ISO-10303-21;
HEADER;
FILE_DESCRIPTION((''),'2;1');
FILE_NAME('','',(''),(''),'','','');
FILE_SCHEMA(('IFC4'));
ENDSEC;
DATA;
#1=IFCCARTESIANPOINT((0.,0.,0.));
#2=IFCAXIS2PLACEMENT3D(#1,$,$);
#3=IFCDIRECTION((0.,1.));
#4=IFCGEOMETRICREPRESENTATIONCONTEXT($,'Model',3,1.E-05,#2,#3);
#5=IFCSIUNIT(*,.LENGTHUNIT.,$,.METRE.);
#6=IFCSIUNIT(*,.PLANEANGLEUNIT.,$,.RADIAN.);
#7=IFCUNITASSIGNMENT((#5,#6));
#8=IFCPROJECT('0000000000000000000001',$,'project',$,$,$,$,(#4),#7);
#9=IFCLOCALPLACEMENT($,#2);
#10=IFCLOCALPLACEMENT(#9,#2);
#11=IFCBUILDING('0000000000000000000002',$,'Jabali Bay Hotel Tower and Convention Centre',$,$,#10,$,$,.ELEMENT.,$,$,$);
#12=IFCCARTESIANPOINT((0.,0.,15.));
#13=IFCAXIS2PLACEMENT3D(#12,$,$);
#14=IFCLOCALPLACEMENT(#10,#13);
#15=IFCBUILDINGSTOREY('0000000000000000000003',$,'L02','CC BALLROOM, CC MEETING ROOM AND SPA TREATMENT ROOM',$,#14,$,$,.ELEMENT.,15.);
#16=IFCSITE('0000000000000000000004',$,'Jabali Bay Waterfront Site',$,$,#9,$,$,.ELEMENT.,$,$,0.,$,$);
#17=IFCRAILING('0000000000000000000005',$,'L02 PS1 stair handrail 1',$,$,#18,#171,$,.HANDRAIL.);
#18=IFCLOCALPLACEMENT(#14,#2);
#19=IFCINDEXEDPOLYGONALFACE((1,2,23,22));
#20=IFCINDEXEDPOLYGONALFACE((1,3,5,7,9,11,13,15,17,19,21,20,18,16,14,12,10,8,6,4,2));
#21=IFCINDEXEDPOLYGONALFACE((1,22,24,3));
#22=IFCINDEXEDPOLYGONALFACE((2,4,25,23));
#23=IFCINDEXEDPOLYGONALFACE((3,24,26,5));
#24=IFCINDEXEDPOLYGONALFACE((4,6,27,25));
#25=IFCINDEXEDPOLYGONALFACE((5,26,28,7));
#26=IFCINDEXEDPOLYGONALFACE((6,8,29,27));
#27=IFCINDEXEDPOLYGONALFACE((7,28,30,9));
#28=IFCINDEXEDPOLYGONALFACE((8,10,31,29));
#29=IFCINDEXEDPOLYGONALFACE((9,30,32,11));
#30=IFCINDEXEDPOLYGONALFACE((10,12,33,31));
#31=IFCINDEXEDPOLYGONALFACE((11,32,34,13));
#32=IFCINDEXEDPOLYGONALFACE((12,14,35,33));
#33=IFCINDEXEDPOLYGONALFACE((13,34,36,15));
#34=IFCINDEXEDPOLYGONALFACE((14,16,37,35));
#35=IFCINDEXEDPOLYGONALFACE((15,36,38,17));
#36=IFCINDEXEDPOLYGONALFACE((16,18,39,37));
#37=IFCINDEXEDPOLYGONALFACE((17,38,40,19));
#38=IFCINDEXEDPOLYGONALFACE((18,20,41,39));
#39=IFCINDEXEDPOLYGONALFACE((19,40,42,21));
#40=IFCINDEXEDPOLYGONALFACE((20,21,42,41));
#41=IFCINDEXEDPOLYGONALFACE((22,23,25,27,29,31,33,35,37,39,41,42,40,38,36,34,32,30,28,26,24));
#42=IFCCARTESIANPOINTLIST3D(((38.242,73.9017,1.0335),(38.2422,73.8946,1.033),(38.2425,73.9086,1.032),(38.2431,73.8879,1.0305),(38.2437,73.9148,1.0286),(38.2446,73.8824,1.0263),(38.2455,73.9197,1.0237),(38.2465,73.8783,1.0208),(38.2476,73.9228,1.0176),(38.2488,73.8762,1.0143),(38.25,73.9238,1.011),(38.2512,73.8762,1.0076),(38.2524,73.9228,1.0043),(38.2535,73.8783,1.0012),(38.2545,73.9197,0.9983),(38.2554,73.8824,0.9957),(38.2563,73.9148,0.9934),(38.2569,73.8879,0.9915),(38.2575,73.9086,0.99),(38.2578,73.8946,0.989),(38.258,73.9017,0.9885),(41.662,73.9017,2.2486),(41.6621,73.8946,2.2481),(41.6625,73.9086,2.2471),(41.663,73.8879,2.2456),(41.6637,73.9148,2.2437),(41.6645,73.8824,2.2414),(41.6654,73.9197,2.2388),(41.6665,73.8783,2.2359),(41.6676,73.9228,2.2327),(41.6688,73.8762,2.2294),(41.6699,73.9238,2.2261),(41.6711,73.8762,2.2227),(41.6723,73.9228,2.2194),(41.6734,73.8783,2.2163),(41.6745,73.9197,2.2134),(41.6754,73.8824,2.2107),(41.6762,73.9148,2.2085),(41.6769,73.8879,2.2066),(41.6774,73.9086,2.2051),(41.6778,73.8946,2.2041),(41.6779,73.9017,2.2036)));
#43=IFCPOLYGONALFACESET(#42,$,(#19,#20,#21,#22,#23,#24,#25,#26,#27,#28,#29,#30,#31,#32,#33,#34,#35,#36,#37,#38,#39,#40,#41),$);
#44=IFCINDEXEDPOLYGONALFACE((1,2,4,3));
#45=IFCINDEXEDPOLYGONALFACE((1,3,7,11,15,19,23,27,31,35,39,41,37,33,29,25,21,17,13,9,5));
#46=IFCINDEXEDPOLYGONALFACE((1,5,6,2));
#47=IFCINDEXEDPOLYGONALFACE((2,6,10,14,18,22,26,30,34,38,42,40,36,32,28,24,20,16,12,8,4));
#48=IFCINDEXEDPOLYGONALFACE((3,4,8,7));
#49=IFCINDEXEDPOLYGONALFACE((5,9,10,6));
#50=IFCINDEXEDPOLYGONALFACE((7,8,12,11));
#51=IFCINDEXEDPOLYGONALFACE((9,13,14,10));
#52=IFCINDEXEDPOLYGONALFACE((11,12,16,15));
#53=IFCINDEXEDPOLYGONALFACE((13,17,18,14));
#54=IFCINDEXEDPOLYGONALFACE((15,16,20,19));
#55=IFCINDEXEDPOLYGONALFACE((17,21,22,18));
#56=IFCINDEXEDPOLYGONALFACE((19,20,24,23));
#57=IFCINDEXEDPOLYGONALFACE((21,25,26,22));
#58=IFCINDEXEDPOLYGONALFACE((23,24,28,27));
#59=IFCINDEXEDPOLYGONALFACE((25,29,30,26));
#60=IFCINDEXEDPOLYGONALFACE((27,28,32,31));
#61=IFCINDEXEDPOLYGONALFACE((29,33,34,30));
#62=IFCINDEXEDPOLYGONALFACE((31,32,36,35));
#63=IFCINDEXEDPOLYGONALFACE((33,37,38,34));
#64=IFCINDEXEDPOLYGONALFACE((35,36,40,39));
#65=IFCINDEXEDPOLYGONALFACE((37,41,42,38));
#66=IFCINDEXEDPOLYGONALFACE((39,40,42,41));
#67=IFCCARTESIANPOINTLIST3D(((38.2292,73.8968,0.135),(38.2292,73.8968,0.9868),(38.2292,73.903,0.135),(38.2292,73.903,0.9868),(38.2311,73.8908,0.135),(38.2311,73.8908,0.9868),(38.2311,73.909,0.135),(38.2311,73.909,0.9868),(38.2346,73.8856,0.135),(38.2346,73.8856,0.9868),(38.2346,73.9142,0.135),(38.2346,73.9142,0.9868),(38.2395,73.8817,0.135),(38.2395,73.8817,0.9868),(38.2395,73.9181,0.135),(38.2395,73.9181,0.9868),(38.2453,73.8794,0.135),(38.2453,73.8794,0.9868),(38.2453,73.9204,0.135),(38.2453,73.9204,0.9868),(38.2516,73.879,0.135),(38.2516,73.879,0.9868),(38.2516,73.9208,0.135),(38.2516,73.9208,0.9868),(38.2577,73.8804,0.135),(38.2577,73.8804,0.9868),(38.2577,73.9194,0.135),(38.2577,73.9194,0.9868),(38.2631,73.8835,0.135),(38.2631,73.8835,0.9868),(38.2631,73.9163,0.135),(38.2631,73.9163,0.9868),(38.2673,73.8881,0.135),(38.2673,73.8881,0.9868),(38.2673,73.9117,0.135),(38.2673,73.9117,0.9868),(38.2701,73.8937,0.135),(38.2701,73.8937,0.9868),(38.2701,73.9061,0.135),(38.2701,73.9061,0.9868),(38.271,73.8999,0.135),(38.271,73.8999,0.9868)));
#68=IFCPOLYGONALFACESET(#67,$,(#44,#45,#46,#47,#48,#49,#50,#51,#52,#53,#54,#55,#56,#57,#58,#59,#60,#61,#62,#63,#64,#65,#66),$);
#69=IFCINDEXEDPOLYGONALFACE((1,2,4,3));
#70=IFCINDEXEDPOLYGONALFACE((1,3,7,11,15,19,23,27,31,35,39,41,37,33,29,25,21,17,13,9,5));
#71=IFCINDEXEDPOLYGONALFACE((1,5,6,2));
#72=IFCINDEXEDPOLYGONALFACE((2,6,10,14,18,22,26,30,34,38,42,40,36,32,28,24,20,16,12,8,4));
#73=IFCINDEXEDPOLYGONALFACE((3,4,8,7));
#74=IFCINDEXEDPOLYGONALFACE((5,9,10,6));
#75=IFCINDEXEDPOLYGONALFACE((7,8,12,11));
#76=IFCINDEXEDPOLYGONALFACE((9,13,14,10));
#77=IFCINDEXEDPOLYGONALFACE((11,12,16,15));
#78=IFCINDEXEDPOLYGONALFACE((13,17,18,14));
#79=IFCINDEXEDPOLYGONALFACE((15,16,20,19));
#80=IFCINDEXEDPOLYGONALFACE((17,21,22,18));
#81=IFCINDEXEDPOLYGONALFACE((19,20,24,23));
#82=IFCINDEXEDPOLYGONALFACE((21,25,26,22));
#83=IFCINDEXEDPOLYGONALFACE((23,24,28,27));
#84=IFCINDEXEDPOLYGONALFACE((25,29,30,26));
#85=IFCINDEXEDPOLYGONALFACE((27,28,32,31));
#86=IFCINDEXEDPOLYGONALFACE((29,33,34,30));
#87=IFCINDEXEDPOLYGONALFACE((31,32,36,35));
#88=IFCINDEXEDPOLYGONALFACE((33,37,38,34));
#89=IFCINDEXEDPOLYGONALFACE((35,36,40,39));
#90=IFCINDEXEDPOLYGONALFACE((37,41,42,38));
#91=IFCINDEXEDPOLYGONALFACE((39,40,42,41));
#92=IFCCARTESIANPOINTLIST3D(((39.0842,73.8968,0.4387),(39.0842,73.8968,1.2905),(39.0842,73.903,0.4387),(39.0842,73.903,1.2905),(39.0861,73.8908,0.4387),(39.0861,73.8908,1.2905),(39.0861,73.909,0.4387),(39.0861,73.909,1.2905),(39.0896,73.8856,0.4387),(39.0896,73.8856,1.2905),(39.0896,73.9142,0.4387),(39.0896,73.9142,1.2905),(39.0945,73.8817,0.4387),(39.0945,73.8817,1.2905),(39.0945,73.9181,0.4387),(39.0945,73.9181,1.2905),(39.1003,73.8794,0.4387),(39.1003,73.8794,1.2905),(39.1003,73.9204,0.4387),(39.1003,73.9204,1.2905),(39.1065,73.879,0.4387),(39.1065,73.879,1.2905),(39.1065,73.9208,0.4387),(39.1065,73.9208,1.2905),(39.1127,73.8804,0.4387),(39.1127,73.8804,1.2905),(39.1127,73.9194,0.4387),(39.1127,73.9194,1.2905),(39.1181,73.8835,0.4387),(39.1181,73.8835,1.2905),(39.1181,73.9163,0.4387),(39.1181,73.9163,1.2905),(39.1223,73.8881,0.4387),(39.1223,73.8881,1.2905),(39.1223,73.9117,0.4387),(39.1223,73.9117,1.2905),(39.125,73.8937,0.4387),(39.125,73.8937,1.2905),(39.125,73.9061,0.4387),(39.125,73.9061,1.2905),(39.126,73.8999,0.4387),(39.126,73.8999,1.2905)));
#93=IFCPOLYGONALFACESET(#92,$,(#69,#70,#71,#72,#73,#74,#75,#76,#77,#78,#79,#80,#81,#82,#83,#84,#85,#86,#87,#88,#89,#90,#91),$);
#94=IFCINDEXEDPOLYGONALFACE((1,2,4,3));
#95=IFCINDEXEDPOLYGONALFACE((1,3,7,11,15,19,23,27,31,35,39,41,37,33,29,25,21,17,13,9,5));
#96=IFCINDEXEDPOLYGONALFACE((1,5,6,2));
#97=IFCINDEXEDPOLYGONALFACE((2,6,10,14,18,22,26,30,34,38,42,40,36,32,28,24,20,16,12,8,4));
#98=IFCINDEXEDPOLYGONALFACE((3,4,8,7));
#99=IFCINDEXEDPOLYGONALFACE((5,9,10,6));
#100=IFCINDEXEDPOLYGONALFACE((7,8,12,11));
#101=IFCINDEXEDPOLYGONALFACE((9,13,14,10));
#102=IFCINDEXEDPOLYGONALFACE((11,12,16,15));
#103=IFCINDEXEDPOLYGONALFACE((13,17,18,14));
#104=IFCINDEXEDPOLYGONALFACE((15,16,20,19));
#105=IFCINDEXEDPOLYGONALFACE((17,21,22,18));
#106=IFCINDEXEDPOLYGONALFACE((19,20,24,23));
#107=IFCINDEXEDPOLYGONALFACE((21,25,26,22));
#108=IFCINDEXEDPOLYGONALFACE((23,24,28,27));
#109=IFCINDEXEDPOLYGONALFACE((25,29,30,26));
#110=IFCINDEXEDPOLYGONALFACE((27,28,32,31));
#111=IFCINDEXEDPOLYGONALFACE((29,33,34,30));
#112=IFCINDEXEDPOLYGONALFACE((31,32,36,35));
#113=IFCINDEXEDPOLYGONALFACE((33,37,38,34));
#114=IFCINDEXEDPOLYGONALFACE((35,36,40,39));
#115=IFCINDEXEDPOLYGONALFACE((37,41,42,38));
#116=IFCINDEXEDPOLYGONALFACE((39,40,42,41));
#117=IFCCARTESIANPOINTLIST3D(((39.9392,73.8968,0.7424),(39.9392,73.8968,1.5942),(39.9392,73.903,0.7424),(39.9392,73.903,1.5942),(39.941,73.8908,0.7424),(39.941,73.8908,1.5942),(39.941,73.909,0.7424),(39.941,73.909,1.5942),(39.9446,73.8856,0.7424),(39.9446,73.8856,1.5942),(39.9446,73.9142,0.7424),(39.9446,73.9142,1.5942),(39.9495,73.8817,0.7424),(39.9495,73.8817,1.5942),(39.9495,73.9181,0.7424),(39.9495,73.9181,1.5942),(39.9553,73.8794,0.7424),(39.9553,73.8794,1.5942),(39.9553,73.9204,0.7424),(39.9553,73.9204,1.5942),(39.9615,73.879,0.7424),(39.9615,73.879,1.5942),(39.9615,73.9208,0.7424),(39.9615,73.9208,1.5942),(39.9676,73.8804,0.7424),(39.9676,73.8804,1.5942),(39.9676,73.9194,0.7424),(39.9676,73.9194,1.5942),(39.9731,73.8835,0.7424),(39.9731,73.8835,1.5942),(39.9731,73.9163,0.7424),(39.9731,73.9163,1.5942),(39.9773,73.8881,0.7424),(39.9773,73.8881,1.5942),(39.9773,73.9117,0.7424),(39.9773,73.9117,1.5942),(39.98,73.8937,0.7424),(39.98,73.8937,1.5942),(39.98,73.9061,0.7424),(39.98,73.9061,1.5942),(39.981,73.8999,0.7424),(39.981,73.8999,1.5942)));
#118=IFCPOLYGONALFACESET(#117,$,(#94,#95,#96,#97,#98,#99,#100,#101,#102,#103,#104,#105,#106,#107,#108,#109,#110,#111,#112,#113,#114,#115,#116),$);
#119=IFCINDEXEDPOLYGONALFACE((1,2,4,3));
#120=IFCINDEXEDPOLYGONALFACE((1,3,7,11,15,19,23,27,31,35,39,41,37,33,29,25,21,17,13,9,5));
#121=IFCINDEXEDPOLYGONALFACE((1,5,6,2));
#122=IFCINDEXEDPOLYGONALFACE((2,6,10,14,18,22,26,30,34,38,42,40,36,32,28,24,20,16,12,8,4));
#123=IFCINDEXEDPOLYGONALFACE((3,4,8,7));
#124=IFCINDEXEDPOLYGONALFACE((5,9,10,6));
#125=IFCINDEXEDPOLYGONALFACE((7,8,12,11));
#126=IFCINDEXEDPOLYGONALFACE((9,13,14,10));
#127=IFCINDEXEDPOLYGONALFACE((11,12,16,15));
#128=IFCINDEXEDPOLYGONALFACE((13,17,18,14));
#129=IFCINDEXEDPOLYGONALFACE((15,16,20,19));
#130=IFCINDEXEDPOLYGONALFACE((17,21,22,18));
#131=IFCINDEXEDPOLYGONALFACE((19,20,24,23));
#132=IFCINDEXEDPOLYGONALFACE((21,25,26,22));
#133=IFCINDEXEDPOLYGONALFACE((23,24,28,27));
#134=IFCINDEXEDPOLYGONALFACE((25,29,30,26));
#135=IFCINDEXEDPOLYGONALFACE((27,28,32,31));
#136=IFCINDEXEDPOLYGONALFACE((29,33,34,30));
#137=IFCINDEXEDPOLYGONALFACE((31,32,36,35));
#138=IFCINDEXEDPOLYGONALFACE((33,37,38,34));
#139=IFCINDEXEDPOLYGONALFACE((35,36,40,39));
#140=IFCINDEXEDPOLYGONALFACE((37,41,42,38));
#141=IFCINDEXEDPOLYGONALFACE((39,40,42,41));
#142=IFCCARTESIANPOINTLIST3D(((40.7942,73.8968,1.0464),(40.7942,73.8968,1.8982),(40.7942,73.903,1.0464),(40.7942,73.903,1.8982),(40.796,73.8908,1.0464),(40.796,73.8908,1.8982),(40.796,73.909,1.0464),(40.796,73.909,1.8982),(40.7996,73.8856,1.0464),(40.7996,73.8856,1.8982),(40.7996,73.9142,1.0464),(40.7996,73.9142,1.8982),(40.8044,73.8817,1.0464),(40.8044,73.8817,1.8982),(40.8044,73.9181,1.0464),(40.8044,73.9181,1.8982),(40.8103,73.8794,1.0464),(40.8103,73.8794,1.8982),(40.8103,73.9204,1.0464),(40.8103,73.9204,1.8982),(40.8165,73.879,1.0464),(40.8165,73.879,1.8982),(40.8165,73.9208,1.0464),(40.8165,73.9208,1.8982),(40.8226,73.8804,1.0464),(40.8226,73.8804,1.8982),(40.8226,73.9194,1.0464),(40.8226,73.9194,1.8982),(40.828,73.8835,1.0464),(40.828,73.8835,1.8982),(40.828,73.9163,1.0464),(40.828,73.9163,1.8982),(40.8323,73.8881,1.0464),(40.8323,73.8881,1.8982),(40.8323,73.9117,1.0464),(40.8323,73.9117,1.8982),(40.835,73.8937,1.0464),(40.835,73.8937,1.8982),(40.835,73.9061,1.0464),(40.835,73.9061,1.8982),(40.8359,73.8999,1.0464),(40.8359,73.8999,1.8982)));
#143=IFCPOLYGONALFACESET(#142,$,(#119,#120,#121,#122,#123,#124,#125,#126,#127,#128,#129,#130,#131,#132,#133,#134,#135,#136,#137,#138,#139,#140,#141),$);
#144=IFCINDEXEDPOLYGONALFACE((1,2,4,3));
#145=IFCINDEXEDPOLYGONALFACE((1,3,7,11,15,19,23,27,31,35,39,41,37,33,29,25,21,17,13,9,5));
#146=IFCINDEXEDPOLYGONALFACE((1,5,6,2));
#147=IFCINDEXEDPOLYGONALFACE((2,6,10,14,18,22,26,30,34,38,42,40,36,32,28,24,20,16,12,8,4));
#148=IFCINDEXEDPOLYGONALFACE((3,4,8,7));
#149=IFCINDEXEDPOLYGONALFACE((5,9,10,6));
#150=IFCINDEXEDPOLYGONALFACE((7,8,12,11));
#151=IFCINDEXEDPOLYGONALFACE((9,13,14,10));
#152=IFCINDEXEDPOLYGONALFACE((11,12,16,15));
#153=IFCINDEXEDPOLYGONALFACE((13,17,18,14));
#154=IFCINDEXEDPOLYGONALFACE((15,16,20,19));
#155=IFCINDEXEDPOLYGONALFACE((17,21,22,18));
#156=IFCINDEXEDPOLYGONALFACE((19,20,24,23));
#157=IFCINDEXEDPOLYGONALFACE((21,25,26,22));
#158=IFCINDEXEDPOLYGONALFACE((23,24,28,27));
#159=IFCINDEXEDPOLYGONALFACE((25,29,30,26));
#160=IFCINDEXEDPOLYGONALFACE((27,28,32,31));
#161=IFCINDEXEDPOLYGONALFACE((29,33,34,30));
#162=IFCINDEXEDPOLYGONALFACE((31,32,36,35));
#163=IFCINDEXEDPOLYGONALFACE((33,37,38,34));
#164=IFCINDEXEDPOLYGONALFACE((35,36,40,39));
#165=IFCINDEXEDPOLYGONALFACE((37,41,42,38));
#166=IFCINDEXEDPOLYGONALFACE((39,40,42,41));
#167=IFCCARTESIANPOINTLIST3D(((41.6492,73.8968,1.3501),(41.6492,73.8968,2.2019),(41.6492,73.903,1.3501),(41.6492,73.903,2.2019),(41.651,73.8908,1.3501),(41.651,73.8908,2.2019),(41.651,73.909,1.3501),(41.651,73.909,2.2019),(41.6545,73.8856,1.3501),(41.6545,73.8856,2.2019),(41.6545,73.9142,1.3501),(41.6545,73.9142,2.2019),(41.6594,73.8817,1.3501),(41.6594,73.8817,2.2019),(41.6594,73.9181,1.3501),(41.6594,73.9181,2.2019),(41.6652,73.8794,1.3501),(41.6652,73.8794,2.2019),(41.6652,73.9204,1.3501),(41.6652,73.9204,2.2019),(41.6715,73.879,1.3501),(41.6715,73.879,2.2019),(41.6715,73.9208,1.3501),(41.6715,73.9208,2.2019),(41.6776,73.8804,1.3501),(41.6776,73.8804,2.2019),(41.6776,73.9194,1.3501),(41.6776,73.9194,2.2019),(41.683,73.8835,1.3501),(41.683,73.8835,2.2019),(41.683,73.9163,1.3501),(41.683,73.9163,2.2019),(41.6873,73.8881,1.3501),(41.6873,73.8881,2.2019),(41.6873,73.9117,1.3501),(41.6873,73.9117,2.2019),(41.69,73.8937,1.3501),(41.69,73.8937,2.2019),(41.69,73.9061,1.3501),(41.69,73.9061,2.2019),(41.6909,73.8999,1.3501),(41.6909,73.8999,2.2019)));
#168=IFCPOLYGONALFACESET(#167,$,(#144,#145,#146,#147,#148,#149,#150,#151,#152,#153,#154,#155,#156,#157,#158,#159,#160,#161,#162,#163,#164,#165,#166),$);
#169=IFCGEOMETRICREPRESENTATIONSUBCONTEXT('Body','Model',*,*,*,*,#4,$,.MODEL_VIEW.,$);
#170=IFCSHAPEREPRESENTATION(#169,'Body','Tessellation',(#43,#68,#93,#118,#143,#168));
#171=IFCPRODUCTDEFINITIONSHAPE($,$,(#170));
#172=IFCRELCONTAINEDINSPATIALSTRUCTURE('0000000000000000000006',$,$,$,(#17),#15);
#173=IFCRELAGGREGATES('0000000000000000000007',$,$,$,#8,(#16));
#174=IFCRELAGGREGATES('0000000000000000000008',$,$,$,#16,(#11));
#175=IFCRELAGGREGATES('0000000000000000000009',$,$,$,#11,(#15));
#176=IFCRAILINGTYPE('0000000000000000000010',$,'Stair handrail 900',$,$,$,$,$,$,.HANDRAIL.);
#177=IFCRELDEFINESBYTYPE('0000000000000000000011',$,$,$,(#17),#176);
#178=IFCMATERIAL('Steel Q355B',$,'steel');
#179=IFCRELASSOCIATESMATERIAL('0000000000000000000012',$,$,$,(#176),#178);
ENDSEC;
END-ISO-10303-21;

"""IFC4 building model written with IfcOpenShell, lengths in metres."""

from ifc_helpers import new_model, si_unit, direction, frame, origin, origin_2d, place, context, subcontext, project, spatial, circle, extrude, material, type_object, element, save


model = new_model("IFC4")

# Units and contexts
model_context = context("Model", 3, precision=1e-05, world=origin(), true_north=direction((0.0, 1.0)))
body_context = subcontext(model_context, "Body", "Model", "MODEL_VIEW")
ifc_project = project(units=[si_unit("LENGTHUNIT", "METRE"), si_unit("PLANEANGLEUNIT", "RADIAN")], contexts=[model_context])

# Site, building, storey
site_placement = place(None, origin())
site = spatial("IfcSite", under=ifc_project, at=site_placement, Name="Jabali Bay Waterfront Site", CompositionType="ELEMENT", RefElevation=0.0)
building_placement = place(site_placement, origin())
building = spatial("IfcBuilding", under=site, at=building_placement, Name="Jabali Bay Hotel Tower and Convention Centre", CompositionType="ELEMENT")
storey_placement = place(building_placement, frame((0.0, 0.0, 15.0)))
storey = spatial("IfcBuildingStorey", under=building, at=storey_placement, Name="L02", Description="CC BALLROOM, CC MEETING ROOM AND SPA TREATMENT ROOM", CompositionType="ELEMENT", Elevation=15.0)

# Railing
ifc_material_1 = material(Name="Steel Q355B", Category="steel")
railing_type_1 = type_object("IfcRailingType", Name="Stair handrail 900", PredefinedType="HANDRAIL", material=ifc_material_1)
for number, where, name in (
    (1, (38.25, 73.8999, 0.135), "L02 PS1 stair handrail 1"),
):
    element("IfcRailing", number, at=place(storey_placement, frame(where)), inside=storey, type_object=railing_type_1, Name=name, PredefinedType="HANDRAIL", context=body_context, shape_type="SweptSolid", body=[
        extrude(circle(Radius=0.0239, at=origin_2d()), frame((0.0, 0.0, 0.876), z_axis=(0.942292, 0.0, 0.334793), x_axis=(0.0, 1.0, 0.0)), (0.0, 0.0, 1.0), 3.6294),
        extrude(circle(Radius=0.021, at=origin_2d()), origin(), (0.0, 0.0, 1.0), 0.8518),
        extrude(circle(Radius=0.021, at=origin_2d()), frame((0.855, 0.0, 0.3037)), (0.0, 0.0, 1.0), 0.8518),
        extrude(circle(Radius=0.021, at=origin_2d()), frame((1.71, 0.0, 0.6074)), (0.0, 0.0, 1.0), 0.8518),
        extrude(circle(Radius=0.021, at=origin_2d()), frame((2.5649, 0.0, 0.9114)), (0.0, 0.0, 1.0), 0.8518),
        extrude(circle(Radius=0.021, at=origin_2d()), frame((3.4199, 0.0, 1.2151)), (0.0, 0.0, 1.0), 0.8518),
    ])

save(model, "model.ifc")
